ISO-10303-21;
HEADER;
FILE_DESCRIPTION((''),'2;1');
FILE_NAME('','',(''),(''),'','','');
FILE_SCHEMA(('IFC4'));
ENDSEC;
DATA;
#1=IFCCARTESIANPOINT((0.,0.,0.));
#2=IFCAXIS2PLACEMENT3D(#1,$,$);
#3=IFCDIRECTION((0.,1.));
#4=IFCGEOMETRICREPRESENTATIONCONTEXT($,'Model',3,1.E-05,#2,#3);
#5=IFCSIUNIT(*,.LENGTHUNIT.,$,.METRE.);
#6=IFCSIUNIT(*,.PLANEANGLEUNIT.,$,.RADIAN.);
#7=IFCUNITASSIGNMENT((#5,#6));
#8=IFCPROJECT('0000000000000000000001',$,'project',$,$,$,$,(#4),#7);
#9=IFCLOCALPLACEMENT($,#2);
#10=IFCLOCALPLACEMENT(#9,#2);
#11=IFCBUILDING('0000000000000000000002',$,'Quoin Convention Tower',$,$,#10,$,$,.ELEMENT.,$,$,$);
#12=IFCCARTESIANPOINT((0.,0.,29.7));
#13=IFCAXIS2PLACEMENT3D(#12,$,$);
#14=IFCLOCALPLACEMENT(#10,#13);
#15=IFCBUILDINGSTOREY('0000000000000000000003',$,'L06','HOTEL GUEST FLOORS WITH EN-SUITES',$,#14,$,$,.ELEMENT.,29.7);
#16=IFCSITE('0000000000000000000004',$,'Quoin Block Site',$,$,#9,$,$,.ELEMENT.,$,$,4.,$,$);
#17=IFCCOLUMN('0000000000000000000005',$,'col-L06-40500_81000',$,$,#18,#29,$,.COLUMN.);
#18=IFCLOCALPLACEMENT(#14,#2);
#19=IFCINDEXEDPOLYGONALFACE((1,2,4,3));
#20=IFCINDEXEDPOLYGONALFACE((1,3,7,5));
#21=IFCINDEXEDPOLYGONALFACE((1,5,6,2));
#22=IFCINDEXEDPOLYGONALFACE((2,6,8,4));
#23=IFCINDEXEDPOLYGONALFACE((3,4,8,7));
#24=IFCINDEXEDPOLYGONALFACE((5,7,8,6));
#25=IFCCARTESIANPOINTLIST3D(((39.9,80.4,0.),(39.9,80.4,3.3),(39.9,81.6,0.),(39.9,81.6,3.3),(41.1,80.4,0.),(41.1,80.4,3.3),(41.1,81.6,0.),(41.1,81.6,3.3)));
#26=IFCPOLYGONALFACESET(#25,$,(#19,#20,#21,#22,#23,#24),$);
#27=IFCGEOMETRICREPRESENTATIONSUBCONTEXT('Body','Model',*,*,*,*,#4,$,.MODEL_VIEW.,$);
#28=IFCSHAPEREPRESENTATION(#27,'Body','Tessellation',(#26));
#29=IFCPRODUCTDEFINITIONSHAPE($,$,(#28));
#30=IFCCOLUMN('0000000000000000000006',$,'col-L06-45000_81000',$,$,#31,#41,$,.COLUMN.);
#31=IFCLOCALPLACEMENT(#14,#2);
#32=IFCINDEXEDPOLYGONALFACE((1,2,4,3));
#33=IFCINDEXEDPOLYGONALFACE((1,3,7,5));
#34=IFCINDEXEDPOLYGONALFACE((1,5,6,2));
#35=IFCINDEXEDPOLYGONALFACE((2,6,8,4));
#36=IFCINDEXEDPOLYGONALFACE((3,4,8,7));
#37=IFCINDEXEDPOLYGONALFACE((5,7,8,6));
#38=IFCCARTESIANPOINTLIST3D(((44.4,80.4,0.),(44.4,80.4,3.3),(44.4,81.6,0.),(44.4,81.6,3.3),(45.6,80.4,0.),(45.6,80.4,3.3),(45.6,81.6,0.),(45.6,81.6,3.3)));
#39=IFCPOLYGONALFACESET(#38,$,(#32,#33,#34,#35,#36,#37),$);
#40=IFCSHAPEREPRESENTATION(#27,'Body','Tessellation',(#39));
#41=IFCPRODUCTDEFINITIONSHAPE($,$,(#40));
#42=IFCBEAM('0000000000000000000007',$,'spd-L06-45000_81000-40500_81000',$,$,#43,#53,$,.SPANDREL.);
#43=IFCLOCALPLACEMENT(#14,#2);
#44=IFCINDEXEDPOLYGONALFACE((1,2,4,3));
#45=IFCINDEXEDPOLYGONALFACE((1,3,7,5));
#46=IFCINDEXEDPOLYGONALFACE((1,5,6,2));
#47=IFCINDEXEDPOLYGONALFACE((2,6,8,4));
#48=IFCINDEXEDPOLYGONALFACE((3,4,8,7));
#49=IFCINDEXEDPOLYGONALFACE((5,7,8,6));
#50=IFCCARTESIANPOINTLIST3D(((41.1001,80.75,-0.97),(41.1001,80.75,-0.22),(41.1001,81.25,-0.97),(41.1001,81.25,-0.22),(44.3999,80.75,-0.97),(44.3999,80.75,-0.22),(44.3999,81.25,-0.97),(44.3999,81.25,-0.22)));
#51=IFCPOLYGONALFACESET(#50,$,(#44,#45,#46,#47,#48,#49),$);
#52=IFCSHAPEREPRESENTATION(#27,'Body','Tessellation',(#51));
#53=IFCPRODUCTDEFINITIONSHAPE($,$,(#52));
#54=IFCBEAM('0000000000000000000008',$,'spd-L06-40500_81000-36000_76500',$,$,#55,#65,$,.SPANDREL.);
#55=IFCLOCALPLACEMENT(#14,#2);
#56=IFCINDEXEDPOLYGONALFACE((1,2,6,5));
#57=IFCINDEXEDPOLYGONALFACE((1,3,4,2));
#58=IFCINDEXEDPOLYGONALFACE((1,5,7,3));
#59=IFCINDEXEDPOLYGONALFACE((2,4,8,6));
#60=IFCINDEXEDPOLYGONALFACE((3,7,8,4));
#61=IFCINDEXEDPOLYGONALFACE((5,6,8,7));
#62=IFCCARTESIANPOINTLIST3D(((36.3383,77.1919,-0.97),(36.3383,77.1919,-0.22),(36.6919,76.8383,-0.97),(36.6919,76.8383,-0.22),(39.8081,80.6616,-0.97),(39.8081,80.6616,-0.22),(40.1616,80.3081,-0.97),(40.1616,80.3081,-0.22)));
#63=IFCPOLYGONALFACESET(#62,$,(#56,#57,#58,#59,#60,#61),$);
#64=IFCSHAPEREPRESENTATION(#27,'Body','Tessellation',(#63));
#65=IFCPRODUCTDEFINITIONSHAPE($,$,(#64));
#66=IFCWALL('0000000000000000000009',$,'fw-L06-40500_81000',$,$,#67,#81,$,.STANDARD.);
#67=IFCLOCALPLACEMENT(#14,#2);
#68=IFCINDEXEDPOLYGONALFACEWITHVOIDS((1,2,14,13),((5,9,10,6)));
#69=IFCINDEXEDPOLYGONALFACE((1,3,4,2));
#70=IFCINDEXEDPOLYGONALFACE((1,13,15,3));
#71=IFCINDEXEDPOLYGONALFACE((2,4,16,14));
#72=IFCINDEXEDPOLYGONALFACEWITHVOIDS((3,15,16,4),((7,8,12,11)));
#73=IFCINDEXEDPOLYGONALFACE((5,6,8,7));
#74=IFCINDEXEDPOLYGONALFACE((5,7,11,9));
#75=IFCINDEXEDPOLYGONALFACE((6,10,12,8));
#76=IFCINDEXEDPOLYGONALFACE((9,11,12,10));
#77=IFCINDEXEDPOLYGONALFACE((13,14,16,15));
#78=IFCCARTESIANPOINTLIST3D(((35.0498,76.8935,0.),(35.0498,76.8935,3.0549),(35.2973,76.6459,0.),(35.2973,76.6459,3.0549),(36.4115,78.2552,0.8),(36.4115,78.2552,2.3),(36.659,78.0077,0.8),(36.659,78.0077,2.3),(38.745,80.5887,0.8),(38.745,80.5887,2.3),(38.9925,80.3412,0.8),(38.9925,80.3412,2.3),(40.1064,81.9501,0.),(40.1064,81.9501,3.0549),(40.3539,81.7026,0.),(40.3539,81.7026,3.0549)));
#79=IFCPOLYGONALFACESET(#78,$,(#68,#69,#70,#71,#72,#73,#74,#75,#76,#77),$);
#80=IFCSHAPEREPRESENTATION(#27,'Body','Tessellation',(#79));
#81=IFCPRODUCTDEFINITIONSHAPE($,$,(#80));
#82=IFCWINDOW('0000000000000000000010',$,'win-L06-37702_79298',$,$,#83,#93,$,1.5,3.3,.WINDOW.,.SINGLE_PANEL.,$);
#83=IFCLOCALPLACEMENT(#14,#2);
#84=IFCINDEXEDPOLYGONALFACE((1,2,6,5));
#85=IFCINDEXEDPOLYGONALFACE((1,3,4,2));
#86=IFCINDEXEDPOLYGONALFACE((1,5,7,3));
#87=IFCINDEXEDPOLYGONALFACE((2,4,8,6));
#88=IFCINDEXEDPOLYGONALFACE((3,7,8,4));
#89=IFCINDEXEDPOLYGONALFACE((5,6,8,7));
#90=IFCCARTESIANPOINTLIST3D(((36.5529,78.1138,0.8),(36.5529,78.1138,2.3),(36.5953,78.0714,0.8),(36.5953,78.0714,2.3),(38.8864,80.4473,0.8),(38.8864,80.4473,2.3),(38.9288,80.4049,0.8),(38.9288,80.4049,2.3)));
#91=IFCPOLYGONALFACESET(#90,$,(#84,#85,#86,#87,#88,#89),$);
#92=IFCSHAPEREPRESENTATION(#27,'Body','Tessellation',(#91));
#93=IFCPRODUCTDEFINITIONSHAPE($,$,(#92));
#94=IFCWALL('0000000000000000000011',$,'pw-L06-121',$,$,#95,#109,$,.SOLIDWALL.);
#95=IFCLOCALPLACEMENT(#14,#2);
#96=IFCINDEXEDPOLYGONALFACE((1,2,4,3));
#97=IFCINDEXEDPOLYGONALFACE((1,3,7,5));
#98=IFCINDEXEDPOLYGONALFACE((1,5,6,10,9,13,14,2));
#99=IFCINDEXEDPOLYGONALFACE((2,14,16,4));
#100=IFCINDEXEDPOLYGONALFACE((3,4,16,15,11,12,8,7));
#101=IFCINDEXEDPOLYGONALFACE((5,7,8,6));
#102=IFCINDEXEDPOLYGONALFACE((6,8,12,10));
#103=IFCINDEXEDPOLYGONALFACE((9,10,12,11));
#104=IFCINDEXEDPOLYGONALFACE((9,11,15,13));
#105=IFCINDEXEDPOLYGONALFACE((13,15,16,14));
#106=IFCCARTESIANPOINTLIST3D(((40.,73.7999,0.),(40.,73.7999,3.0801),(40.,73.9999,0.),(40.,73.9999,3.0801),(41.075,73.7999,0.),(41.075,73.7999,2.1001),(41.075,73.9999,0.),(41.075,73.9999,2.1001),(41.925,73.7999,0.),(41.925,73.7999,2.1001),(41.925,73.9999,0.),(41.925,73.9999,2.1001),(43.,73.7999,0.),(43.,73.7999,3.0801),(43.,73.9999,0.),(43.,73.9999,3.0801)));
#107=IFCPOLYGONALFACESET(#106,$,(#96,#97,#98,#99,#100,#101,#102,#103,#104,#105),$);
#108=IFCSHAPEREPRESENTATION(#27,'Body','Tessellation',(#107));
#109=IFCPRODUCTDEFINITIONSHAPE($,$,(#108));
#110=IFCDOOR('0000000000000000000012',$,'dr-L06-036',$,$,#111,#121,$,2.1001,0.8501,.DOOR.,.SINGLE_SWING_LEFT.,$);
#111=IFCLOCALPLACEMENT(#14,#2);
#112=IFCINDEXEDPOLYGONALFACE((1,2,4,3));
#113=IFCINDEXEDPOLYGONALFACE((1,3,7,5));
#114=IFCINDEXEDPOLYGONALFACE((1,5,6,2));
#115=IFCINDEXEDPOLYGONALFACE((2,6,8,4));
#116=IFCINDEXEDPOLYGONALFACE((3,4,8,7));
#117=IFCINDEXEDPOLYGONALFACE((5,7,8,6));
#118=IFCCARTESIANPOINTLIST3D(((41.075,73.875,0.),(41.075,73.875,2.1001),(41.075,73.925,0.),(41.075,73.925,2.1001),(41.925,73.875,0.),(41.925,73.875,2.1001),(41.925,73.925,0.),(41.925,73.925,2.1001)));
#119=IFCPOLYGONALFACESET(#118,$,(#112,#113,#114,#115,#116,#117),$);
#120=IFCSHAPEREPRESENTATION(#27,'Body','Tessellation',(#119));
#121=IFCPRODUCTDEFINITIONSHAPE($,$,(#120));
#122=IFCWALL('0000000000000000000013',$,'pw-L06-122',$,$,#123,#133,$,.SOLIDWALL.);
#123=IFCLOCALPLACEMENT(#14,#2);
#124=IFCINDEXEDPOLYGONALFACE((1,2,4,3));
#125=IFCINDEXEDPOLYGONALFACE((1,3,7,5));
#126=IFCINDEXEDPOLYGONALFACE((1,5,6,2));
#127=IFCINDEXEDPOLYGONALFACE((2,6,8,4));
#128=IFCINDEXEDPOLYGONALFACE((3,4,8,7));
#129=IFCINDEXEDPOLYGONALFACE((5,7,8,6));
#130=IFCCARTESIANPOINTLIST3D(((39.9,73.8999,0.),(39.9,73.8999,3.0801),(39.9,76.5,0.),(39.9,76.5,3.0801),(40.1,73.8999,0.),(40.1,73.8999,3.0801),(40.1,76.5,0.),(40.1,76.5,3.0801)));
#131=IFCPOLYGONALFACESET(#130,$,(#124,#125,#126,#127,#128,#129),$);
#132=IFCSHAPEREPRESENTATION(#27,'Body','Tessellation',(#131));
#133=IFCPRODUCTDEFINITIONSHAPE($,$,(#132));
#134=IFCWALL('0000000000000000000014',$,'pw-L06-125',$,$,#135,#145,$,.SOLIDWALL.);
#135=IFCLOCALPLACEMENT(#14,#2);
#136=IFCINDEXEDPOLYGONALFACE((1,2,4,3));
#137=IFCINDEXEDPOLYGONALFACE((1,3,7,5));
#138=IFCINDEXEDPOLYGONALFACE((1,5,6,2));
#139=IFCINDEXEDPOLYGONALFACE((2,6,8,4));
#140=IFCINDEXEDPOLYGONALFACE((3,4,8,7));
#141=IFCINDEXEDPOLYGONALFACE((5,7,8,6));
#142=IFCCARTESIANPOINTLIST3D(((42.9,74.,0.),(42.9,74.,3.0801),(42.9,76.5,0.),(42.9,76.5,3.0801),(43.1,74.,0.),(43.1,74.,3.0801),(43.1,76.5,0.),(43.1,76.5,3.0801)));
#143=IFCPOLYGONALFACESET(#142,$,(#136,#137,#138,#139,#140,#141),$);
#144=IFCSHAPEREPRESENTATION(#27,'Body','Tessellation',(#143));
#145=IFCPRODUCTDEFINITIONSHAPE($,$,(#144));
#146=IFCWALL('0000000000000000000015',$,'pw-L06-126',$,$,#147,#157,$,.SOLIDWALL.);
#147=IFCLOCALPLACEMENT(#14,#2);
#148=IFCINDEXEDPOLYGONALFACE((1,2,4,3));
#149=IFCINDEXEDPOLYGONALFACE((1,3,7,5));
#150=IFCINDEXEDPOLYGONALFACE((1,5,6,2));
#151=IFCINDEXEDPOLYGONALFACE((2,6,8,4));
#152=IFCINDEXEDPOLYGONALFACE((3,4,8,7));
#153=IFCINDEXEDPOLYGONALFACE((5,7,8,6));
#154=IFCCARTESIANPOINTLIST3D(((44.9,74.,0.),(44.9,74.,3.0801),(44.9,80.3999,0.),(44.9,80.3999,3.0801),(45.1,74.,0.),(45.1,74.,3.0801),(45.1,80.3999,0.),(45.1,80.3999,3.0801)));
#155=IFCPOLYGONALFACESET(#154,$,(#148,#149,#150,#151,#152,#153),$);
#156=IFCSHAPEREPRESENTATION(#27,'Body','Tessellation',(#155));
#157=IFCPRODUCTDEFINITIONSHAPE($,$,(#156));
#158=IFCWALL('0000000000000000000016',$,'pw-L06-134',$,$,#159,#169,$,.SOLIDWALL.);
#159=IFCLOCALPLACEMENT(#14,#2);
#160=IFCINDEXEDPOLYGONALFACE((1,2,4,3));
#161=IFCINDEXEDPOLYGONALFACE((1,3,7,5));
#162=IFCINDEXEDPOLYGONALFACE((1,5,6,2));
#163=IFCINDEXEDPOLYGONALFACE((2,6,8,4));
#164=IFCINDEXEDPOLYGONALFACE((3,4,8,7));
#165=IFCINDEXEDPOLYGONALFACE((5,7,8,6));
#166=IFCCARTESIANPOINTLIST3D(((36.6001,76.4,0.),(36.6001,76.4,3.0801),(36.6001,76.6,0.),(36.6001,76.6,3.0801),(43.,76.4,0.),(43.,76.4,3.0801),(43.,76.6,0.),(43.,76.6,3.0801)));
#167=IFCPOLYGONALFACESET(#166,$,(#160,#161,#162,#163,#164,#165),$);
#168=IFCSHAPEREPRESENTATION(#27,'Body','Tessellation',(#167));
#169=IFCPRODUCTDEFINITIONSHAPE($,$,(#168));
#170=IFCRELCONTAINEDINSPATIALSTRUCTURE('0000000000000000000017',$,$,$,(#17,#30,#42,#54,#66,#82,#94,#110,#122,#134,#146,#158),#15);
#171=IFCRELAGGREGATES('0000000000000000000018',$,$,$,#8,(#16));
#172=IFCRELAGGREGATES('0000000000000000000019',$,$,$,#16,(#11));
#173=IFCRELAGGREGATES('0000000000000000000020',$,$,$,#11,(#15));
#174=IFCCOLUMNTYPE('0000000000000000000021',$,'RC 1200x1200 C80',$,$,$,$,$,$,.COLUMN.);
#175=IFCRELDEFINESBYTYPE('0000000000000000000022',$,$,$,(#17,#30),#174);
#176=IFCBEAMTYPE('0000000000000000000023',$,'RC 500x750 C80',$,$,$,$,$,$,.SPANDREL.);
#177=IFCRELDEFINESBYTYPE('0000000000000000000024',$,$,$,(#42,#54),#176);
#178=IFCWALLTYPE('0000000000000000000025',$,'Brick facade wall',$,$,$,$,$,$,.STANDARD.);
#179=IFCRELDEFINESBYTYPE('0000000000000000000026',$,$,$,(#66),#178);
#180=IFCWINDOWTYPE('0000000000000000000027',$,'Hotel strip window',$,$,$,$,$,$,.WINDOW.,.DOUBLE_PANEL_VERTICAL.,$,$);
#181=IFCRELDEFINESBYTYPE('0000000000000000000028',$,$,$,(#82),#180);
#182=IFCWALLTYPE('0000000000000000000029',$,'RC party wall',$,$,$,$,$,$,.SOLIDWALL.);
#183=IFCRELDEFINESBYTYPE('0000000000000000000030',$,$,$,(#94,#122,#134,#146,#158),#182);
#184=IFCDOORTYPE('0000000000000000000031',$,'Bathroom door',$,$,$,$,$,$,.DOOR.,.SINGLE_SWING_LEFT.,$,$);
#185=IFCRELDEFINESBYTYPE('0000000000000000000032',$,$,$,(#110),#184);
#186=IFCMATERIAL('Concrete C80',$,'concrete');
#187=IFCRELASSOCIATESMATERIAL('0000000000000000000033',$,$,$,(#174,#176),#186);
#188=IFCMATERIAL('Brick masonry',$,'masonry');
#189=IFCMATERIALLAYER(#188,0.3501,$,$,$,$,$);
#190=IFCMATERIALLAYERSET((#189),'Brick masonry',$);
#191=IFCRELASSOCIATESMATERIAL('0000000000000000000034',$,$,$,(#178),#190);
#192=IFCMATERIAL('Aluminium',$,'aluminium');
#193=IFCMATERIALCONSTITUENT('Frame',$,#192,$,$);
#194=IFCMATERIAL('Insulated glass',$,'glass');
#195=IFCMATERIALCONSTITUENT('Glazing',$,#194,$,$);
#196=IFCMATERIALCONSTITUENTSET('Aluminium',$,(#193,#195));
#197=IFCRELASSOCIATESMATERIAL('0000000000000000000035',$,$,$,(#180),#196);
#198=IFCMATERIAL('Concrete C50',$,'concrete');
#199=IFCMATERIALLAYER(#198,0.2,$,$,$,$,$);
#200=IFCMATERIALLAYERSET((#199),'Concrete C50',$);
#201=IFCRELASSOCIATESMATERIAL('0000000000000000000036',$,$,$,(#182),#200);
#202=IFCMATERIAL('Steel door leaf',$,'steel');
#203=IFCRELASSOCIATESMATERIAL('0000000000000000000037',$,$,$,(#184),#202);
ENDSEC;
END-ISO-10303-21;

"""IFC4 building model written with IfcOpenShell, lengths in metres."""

from ifc_helpers import new_model, si_unit, direction, frame, frame_2d, origin, origin_2d, place, context, subcontext, project, spatial, rectangle, extrude, material, layer, layer_set, constituent, constituent_set, material_profile, profile_set, type_object, element, fill, save


model = new_model("IFC4")

# Units and contexts
model_context = context("Model", 3, precision=1e-05, world=origin(), true_north=direction((0.0, 1.0)))
body_context = subcontext(model_context, "Body", "Model", "MODEL_VIEW")
ifc_project = project(units=[si_unit("LENGTHUNIT", "METRE"), si_unit("PLANEANGLEUNIT", "RADIAN")], contexts=[model_context])

# Site, building, storey
site_placement = place(None, origin())
site = spatial("IfcSite", under=ifc_project, at=site_placement, Name="Quoin Block Site", CompositionType="ELEMENT", RefElevation=4.0)
building_placement = place(site_placement, origin())
building = spatial("IfcBuilding", under=site, at=building_placement, Name="Quoin Convention Tower", CompositionType="ELEMENT")
storey_placement = place(building_placement, frame((0.0, 0.0, 29.7)))
storey = spatial("IfcBuildingStorey", under=building, at=storey_placement, Name="L06", Description="HOTEL GUEST FLOORS WITH EN-SUITES", CompositionType="ELEMENT", Elevation=29.7)

# Columns
ifc_material_1 = material(Name="Concrete C80", Category="concrete")
ifc_material_profile_1 = material_profile(ifc_material_1, rectangle(XDim=1.2, YDim=1.2, at=origin_2d()), Name="RC 1200x1200")
ifc_profile_set_1 = profile_set([ifc_material_profile_1], Name="Concrete C80")
column_type = type_object("IfcColumnType", Name="RC 1200x1200 C80", PredefinedType="COLUMN", material=ifc_profile_set_1)
for number, where, z_axis, x_axis, name in (
    (1, (40.5, 81.0, 0.0), (0.0, 0.0, 1.0), (1.0, 0.0, 0.0), "col-L06-40500_81000"),
    (2, (45.0, 81.0, 0.0), (0.0, 0.0, 1.0), (1.0, 0.0, 0.0), "col-L06-45000_81000"),
):
    element("IfcColumn", number, at=place(storey_placement, frame(where, z_axis=z_axis, x_axis=x_axis)), inside=storey, type_object=column_type, Name=name, PredefinedType="COLUMN", context=body_context, shape_type="SweptSolid", body=[
        extrude(rectangle(XDim=1.2, YDim=1.2, at=origin_2d()), origin(), (0.0, 0.0, 1.0), 3.3),
    ])

# Beams
ifc_material_profile_2 = material_profile(ifc_material_1, rectangle(XDim=0.5, YDim=0.75, at=origin_2d()), Name="RC 500x750")
ifc_profile_set_2 = profile_set([ifc_material_profile_2], Name="Concrete C80")
beam_type = type_object("IfcBeamType", Name="RC 500x750 C80", PredefinedType="SPANDREL", material=ifc_profile_set_2)
beam_1_placement = place(storey_placement, frame((44.3999, 81.0, -0.595), z_axis=(-1.0, 0.0, 0.0), x_axis=(0.0, -1.0, 0.0)))
element("IfcBeam", 3, at=beam_1_placement, inside=storey, type_object=beam_type, Name="spd-L06-45000_81000-40500_81000", PredefinedType="SPANDREL", context=body_context, shape_type="SweptSolid", body=[
    extrude(rectangle(XDim=0.5, YDim=0.75, at=origin_2d()), origin(), (0.0, 0.0, 1.0), 3.2998),
])
beam_2_placement = place(storey_placement, frame((39.9849, 80.4849, -0.595), z_axis=(-0.707107, -0.707107, 0.0), x_axis=(0.707107, -0.707107, 0.0)))
element("IfcBeam", 4, at=beam_2_placement, inside=storey, type_object=beam_type, Name="spd-L06-40500_81000-36000_76500", PredefinedType="SPANDREL", context=body_context, shape_type="SweptSolid", body=[
    extrude(rectangle(XDim=0.5, YDim=0.75, at=origin_2d()), origin(), (0.0, 0.0, 1.0), 4.907),
])

# Wall, opening, window
ifc_material_2 = material(Name="Brick masonry", Category="masonry")
ifc_layer_1 = layer(ifc_material_2, 0.3501)
ifc_layer_set_1 = layer_set([ifc_layer_1], Name="Brick masonry")
wall_type_1 = type_object("IfcWallType", Name="Brick facade wall", PredefinedType="STANDARD", material=ifc_layer_set_1)
wall_1_placement = place(storey_placement, frame((40.2302, 81.8264, 0.0), z_axis=(0.0, 0.0, 1.0), x_axis=(-0.707107, -0.707107, 0.0)))
wall_1 = element("IfcWall", 5, at=wall_1_placement, inside=storey, type_object=wall_type_1, Name="fw-L06-40500_81000", PredefinedType="STANDARD", context=body_context, shape_type="SweptSolid", body=[
    extrude(rectangle(XDim=7.1511, YDim=0.3501, at=frame_2d((3.5757, 0.0))), origin(), (0.0, 0.0, 1.0), 3.0549),
])
opening_1_placement = place(wall_1_placement, frame((1.9255, 0.0, 0.8)))
opening_1 = element("IfcOpeningElement", 6, at=opening_1_placement, cuts=wall_1, PredefinedType="OPENING", context=body_context, shape_type="SweptSolid", body=[
    extrude(rectangle(XDim=3.3, YDim=1.5, at=frame_2d((1.6499, 0.75))), frame((0.0, 0.1851, 0.0), z_axis=(0.0, -1.0, 0.0), x_axis=(1.0, 0.0, 0.0)), (0.0, 0.0, 1.0), 0.3701),
])
ifc_material_3 = material(Name="Aluminium", Category="aluminium")
ifc_constituent_1 = constituent(ifc_material_3, Name="Frame")
ifc_material_4 = material(Name="Insulated glass", Category="glass")
ifc_constituent_2 = constituent(ifc_material_4, Name="Glazing")
ifc_constituent_set = constituent_set(constituents=[ifc_constituent_1, ifc_constituent_2], Name="Aluminium")
window_type = type_object("IfcWindowType", Name="Hotel strip window", PartitioningType="DOUBLE_PANEL_VERTICAL", PredefinedType="WINDOW", material=ifc_constituent_set)
window_placement = place(opening_1_placement, origin())
window = element("IfcWindow", 7, at=window_placement, inside=storey, type_object=window_type, Name="win-L06-37702_79298", OverallHeight=1.5, OverallWidth=3.3, PartitioningType="SINGLE_PANEL", PredefinedType="WINDOW", context=body_context, shape_type="SweptSolid", body=[
    extrude(rectangle(XDim=3.3, YDim=1.5, at=frame_2d((1.6499, 0.75))), frame((0.0, 0.085, 0.0), z_axis=(0.0, -1.0, 0.0), x_axis=(1.0, 0.0, 0.0)), (0.0, 0.0, 1.0), 0.0601),
])
fill(opening_1, window)

# Wall, opening, door
ifc_material_5 = material(Name="Concrete C50", Category="concrete")
ifc_layer_2 = layer(ifc_material_5, 0.2)
ifc_layer_set_2 = layer_set([ifc_layer_2], Name="Concrete C50")
wall_type_2 = type_object("IfcWallType", Name="RC party wall", PredefinedType="SOLIDWALL", material=ifc_layer_set_2)
wall_2_placement = place(storey_placement, frame((40.0, 73.8999, 0.0), z_axis=(0.0, 0.0, 1.0), x_axis=(1.0, 0.0, 0.0)))
wall_2 = element("IfcWall", 8, at=wall_2_placement, inside=storey, type_object=wall_type_2, Name="pw-L06-121", PredefinedType="SOLIDWALL", context=body_context, shape_type="SweptSolid", body=[
    extrude(rectangle(XDim=3.0, YDim=0.2, at=frame_2d((1.5, 0.0))), origin(), (0.0, 0.0, 1.0), 3.0801),
])
opening_2_placement = place(wall_2_placement, frame((1.075, 0.0, 0.0)))
opening_2 = element("IfcOpeningElement", 9, at=opening_2_placement, cuts=wall_2, PredefinedType="OPENING", context=body_context, shape_type="SweptSolid", body=[
    extrude(rectangle(XDim=0.8501, YDim=2.1001, at=frame_2d((0.425, 1.05))), frame((0.0, 0.1099, 0.0), z_axis=(0.0, -1.0, 0.0), x_axis=(1.0, 0.0, 0.0)), (0.0, 0.0, 1.0), 0.22),
])
ifc_material_6 = material(Name="Steel door leaf", Category="steel")
door_type_1 = type_object("IfcDoorType", Name="Bathroom door", OperationType="SINGLE_SWING_LEFT", PredefinedType="DOOR", material=ifc_material_6)
door_1_placement = place(opening_2_placement, frame((0.8501, 0.0, 0.0), z_axis=(0.0, 0.0, 1.0), x_axis=(-1.0, 0.0, 0.0)))
door_1 = element("IfcDoor", 10, at=door_1_placement, inside=storey, type_object=door_type_1, Name="dr-L06-036", OperationType="SINGLE_SWING_LEFT", OverallHeight=2.1001, OverallWidth=0.8501, PredefinedType="DOOR", context=body_context, shape_type="SweptSolid", body=[
    extrude(rectangle(XDim=0.8501, YDim=2.1001, at=frame_2d((0.425, 1.05))), frame((0.0, 0.0249, 0.0), z_axis=(0.0, -1.0, 0.0), x_axis=(1.0, 0.0, 0.0)), (0.0, 0.0, 1.0), 0.05),
])
fill(opening_2, door_1)

# Walls
wall_3_placement = place(storey_placement, frame((40.0, 73.8999, 0.0), z_axis=(0.0, 0.0, 1.0), x_axis=(0.0, 1.0, 0.0)))
element("IfcWall", 11, at=wall_3_placement, inside=storey, type_object=wall_type_2, Name="pw-L06-122", PredefinedType="SOLIDWALL", context=body_context, shape_type="SweptSolid", body=[
    extrude(rectangle(XDim=2.6001, YDim=0.2, at=frame_2d((1.3, 0.0))), origin(), (0.0, 0.0, 1.0), 3.0801),
])
wall_4_placement = place(storey_placement, frame((43.0, 74.0, 0.0), z_axis=(0.0, 0.0, 1.0), x_axis=(0.0, 1.0, 0.0)))
element("IfcWall", 12, at=wall_4_placement, inside=storey, type_object=wall_type_2, Name="pw-L06-125", PredefinedType="SOLIDWALL", context=body_context, shape_type="SweptSolid", body=[
    extrude(rectangle(XDim=2.5, YDim=0.2, at=frame_2d((1.25, 0.0))), origin(), (0.0, 0.0, 1.0), 3.0801),
])
for number, where, z_axis, x_axis, name in (
    (13, (45.0, 74.0, 0.0), (0.0, 0.0, 1.0), (0.0, 1.0, 0.0), "pw-L06-126"),
    (14, (36.6001, 76.5, 0.0), (0.0, 0.0, 1.0), (1.0, 0.0, 0.0), "pw-L06-134"),
):
    element("IfcWall", number, at=place(storey_placement, frame(where, z_axis=z_axis, x_axis=x_axis)), inside=storey, type_object=wall_type_2, Name=name, PredefinedType="SOLIDWALL", context=body_context, shape_type="SweptSolid", body=[
        extrude(rectangle(XDim=6.3999, YDim=0.2, at=frame_2d((3.2, 0.0))), origin(), (0.0, 0.0, 1.0), 3.0801),
    ])

save(model, "model.ifc")
